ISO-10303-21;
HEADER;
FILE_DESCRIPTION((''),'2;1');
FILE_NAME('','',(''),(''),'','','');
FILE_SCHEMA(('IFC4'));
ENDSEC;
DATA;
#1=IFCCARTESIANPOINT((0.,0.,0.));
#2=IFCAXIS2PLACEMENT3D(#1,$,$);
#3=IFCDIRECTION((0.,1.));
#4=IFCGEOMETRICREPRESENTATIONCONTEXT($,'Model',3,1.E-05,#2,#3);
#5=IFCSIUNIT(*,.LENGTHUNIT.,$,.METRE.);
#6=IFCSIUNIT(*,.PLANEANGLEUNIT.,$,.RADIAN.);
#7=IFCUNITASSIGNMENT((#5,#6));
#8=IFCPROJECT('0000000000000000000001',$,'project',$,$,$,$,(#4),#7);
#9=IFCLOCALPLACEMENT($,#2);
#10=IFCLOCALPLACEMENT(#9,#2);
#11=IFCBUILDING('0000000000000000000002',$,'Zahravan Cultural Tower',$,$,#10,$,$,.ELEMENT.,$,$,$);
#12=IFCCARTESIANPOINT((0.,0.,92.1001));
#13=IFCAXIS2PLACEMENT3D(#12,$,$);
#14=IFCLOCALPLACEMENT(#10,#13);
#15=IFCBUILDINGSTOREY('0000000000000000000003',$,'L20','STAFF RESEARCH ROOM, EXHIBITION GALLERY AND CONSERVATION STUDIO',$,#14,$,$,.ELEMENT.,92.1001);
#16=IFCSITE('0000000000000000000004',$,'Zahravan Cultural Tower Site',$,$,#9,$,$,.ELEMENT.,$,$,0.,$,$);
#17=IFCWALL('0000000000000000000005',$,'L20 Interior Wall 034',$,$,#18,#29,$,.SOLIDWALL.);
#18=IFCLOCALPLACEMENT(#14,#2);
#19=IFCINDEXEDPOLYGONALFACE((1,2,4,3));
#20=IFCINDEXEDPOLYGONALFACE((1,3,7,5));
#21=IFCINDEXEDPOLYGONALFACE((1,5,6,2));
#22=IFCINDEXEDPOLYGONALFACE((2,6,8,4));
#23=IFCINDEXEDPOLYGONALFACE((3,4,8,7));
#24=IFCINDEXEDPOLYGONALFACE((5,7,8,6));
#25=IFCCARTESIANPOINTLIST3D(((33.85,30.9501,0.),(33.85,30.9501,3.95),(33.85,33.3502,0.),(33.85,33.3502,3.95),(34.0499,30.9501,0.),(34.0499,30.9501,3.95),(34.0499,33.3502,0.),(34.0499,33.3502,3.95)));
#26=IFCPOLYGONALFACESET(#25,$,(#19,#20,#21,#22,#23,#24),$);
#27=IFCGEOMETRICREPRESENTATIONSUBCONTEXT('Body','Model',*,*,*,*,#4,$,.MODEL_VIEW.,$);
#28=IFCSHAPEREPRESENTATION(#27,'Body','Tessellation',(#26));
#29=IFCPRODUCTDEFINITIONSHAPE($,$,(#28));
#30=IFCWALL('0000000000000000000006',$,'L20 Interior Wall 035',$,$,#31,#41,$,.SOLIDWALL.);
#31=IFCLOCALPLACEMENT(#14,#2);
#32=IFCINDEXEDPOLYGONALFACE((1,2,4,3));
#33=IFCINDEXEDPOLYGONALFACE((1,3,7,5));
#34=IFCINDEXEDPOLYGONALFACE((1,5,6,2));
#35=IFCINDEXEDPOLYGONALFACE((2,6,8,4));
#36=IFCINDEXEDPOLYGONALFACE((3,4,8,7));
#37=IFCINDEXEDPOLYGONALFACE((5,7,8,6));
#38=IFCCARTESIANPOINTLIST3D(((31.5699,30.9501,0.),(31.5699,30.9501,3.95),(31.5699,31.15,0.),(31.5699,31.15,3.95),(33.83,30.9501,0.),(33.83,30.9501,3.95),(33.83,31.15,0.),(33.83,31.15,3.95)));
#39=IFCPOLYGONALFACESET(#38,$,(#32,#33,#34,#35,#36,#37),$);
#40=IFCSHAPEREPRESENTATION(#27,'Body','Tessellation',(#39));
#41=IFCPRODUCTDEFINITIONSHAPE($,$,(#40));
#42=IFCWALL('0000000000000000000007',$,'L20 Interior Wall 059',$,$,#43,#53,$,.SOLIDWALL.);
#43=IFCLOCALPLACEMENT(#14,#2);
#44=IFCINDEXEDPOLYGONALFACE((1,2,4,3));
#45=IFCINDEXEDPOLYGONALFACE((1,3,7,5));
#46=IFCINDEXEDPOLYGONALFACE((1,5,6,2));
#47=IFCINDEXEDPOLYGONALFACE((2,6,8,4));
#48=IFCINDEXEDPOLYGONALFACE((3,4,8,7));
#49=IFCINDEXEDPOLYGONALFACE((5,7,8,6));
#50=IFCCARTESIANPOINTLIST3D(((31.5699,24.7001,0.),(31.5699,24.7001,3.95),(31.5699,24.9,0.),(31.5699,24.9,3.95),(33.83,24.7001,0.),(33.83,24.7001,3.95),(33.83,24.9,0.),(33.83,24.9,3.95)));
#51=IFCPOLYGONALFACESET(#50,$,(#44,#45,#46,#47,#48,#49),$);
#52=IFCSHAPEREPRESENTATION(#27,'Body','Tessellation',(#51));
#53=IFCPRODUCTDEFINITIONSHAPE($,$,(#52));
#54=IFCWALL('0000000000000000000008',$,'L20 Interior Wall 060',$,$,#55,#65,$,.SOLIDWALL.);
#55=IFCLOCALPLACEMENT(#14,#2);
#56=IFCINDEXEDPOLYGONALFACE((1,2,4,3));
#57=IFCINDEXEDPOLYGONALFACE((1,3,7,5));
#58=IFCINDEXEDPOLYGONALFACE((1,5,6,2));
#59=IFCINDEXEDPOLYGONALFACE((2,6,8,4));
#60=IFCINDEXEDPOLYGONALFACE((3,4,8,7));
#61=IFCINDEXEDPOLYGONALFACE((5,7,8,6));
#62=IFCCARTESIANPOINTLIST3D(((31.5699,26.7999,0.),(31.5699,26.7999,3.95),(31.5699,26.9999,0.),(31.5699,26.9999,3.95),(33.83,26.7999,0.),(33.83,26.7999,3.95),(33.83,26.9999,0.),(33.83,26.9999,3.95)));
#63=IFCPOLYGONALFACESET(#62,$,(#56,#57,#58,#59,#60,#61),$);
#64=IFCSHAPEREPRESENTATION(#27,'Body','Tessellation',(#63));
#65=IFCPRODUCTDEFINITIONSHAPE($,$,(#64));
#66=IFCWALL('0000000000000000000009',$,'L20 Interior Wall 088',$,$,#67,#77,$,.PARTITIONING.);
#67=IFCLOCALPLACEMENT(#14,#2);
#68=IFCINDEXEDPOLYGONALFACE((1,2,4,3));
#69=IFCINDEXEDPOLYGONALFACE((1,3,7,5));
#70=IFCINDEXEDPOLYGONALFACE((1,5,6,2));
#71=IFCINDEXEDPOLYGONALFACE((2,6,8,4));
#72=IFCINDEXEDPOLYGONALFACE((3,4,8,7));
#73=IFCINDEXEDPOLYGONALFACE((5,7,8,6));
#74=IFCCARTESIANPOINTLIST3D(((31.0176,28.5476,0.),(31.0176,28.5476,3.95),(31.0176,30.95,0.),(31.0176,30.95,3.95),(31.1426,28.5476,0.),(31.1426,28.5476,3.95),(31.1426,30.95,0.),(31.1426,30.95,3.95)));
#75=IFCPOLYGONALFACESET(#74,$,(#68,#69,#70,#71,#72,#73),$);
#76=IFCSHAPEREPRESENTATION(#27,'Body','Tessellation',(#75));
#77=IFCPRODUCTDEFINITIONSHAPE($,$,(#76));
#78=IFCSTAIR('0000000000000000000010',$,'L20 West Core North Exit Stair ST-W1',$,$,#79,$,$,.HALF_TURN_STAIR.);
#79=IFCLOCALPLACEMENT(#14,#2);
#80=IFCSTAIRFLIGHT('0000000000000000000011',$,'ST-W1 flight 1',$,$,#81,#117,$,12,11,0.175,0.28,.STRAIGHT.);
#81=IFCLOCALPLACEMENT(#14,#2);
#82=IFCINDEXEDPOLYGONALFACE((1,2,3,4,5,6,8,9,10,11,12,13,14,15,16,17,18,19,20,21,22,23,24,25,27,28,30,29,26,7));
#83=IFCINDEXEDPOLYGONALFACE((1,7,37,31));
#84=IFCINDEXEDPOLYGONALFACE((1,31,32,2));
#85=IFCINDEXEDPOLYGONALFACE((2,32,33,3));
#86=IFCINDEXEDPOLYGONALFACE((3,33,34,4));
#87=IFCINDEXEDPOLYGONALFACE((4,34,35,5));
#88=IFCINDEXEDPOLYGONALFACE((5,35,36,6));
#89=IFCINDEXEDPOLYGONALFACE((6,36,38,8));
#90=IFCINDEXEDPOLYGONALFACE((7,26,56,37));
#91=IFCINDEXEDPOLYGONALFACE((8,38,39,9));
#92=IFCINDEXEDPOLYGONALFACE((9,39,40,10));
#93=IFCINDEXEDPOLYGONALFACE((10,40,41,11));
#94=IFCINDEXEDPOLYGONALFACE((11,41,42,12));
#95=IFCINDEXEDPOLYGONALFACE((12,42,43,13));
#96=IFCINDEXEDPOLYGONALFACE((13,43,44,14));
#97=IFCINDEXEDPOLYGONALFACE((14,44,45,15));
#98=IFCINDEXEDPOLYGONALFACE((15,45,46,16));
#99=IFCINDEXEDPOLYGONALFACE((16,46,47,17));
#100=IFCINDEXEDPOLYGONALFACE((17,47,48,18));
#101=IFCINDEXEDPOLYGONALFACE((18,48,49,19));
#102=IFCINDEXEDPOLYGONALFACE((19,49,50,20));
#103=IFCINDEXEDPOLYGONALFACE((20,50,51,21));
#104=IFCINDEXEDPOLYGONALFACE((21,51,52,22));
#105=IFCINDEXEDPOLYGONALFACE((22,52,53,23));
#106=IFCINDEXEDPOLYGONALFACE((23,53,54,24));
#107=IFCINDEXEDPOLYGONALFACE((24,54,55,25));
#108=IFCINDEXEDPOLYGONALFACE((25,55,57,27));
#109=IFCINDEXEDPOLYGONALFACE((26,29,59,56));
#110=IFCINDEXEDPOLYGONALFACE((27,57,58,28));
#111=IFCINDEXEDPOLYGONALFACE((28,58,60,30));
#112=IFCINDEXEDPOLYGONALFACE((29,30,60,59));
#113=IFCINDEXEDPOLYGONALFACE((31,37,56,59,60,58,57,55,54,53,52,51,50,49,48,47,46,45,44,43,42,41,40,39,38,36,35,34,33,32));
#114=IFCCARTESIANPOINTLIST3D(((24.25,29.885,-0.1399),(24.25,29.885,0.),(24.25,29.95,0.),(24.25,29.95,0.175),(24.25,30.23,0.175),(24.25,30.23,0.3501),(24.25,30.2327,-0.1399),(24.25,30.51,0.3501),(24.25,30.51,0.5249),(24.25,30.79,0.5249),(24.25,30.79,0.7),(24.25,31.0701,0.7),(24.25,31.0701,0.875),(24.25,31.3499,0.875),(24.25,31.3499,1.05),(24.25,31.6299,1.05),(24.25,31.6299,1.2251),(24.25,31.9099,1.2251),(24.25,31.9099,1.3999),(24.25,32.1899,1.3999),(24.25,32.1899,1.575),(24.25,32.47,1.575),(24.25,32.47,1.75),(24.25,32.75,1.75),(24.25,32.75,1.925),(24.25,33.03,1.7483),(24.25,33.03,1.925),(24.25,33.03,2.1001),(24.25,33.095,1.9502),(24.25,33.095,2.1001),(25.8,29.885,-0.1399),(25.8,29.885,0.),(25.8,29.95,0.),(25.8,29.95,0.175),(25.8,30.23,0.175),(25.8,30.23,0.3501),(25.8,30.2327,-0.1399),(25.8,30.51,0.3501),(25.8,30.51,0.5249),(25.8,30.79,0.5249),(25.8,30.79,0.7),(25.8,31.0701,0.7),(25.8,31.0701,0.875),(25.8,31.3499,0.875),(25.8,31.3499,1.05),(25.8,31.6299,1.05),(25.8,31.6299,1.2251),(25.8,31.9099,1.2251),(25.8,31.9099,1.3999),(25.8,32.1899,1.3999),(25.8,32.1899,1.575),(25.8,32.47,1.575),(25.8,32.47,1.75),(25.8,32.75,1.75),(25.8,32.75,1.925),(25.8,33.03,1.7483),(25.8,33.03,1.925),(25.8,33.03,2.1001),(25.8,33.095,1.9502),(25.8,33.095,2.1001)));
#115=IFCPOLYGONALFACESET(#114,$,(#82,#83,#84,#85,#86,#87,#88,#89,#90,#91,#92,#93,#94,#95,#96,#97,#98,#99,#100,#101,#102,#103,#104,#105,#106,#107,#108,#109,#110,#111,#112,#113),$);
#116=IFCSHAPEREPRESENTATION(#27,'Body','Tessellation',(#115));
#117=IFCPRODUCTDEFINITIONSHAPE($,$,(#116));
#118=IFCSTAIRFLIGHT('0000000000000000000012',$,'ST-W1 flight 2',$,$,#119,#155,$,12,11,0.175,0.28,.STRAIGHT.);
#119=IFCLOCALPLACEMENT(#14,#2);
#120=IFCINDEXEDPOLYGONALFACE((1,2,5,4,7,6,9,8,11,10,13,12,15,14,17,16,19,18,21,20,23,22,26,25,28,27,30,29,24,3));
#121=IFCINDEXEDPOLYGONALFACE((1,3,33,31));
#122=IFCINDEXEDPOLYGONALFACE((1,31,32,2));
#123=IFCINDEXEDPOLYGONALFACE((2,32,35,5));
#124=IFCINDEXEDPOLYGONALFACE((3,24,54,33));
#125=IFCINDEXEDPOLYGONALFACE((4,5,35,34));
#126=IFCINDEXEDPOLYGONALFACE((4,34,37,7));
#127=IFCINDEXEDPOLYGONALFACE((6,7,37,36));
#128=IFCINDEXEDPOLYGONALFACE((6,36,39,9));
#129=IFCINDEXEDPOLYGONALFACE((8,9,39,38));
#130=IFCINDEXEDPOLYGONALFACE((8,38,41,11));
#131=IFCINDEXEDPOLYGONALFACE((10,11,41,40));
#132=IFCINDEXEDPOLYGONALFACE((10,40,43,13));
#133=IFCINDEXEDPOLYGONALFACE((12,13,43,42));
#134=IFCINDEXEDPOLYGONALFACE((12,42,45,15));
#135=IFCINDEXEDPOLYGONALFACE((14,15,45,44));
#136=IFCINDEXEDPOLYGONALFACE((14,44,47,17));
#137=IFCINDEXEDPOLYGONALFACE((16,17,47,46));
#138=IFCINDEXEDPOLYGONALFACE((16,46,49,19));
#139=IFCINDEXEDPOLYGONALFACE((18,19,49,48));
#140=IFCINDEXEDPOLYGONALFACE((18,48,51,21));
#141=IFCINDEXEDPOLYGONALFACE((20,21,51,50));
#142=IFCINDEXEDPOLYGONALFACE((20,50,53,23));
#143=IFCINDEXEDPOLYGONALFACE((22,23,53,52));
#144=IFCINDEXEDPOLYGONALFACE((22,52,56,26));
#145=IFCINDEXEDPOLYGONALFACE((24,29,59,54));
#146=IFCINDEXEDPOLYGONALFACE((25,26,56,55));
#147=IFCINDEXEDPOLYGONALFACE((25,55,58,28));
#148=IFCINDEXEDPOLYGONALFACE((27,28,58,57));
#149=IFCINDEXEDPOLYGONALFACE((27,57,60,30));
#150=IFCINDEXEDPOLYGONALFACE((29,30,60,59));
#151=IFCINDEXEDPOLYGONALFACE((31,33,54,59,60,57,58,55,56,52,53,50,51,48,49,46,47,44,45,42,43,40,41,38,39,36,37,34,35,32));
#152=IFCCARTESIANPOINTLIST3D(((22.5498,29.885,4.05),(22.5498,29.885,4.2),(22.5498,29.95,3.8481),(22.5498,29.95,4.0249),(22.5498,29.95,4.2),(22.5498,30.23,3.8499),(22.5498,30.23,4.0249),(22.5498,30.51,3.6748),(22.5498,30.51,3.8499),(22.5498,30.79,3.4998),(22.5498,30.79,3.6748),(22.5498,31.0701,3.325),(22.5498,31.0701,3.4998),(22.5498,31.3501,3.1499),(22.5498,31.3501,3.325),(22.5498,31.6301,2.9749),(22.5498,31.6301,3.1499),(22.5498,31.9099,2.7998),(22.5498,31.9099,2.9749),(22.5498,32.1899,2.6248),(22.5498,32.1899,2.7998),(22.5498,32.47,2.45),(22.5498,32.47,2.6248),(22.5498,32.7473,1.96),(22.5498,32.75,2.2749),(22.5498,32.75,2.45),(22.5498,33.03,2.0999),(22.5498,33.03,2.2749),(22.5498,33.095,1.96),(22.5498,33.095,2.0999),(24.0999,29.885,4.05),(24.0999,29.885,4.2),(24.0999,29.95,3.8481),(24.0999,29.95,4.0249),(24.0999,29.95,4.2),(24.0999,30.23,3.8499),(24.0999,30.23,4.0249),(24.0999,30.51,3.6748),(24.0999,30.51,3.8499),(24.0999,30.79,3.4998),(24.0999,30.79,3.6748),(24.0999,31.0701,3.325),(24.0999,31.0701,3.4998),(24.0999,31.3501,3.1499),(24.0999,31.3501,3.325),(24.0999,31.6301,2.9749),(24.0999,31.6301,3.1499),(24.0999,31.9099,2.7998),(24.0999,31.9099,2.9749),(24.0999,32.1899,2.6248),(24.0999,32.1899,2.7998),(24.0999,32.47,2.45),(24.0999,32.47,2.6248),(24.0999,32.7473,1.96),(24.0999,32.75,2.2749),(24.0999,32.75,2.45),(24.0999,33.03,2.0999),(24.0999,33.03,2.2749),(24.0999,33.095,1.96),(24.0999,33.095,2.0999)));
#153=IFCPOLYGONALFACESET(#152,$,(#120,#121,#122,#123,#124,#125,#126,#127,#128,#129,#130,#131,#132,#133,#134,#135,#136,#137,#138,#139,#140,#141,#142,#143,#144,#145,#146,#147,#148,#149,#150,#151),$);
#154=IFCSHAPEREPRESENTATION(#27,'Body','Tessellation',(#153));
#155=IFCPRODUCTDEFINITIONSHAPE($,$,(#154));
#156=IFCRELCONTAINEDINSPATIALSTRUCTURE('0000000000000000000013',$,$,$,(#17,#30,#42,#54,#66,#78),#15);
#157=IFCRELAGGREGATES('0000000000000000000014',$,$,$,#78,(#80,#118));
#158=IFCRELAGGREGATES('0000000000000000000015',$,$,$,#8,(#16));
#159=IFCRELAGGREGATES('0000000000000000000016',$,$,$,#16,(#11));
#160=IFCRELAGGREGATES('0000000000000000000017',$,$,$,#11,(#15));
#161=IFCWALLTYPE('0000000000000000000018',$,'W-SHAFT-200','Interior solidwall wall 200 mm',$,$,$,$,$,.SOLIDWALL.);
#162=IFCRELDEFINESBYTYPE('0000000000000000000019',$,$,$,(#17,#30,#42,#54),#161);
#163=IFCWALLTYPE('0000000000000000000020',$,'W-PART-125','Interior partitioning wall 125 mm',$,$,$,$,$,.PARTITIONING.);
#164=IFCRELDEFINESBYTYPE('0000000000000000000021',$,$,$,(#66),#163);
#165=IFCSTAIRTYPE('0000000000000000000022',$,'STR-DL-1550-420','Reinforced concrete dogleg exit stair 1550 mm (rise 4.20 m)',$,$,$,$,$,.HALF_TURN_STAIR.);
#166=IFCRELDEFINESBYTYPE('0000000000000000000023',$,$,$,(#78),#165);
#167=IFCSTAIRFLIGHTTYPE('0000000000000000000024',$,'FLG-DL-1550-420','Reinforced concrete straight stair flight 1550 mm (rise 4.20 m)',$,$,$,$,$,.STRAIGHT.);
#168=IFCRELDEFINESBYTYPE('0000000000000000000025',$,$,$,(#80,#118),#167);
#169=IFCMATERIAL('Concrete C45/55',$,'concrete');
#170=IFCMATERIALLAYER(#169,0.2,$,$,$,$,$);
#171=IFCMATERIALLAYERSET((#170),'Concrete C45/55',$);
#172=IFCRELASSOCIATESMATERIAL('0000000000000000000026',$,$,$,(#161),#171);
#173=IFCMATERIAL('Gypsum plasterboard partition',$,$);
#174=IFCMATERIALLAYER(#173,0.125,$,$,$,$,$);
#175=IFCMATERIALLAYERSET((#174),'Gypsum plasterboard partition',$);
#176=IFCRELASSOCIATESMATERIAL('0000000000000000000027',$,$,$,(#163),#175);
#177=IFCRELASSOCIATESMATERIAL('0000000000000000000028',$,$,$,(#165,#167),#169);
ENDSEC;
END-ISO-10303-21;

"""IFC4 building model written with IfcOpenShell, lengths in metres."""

from ifc_helpers import new_model, si_unit, direction, frame, frame_2d, origin, place, context, subcontext, project, spatial, polyline, rectangle, outline, extrude, source, transform, mapped, material, layer, layer_set, type_object, element, aggregate, save


model = new_model("IFC4")

# Units and contexts
model_context = context("Model", 3, precision=1e-05, world=origin(), true_north=direction((0.0, 1.0)))
body_context = subcontext(model_context, "Body", "Model", "MODEL_VIEW")
ifc_project = project(units=[si_unit("LENGTHUNIT", "METRE"), si_unit("PLANEANGLEUNIT", "RADIAN")], contexts=[model_context])

# Site, building, storey
site_placement = place(None, origin())
site = spatial("IfcSite", under=ifc_project, at=site_placement, Name="Zahravan Cultural Tower Site", CompositionType="ELEMENT", RefElevation=0.0)
building_placement = place(site_placement, origin())
building = spatial("IfcBuilding", under=site, at=building_placement, Name="Zahravan Cultural Tower", CompositionType="ELEMENT")
storey_placement = place(building_placement, frame((0.0, 0.0, 92.1001)))
storey = spatial("IfcBuildingStorey", under=building, at=storey_placement, Name="L20", Description="STAFF RESEARCH ROOM, EXHIBITION GALLERY AND CONSERVATION STUDIO", CompositionType="ELEMENT", Elevation=92.1001)

# Shared definitions
ifc_material_1 = material(Name="Concrete C45/55", Category="concrete")
ifc_layer_1 = layer(ifc_material_1, 0.2)
ifc_layer_set_1 = layer_set([ifc_layer_1], Name="Concrete C45/55")
wall_type_1 = type_object("IfcWallType", Name="W-SHAFT-200", Description="Interior solidwall wall 200 mm", PredefinedType="SOLIDWALL", material=ifc_layer_set_1)

# Walls
shared_shape_1 = source(origin(), body_context, "Body", "SweptSolid", [
    extrude(rectangle(XDim=2.4001, YDim=0.2, at=frame_2d((1.2002, 0.0))), origin(), (0.0, 0.0, 1.0), 3.95),
])
for number, where, z_axis, x_axis, name in (
    (1, (33.95, 30.95, 0.0), (0.0, 0.0, 1.0), (0.0, 1.0, 0.0), "L20 Interior Wall 034"),
):
    element("IfcWall", number, at=place(storey_placement, frame(where, z_axis=z_axis, x_axis=x_axis)), inside=storey, type_object=wall_type_1, Name=name, PredefinedType="SOLIDWALL", context=body_context, shape_type="MappedRepresentation", body=[
        mapped(shared_shape_1, transform((0.0, 0.0, 0.0), x_axis=(1.0, 0.0, 0.0), y_axis=(0.0, 1.0, 0.0), z_axis=(0.0, 0.0, 1.0), scale=1.0)),
    ])
shared_shape_2 = source(origin(), body_context, "Body", "SweptSolid", [
    extrude(rectangle(XDim=2.26, YDim=0.2, at=frame_2d((1.1299, 0.0))), origin(), (0.0, 0.0, 1.0), 3.95),
])
for number, where, z_axis, x_axis, name in (
    (2, (31.5701, 31.05, 0.0), (0.0, 0.0, 1.0), (1.0, 0.0, 0.0), "L20 Interior Wall 035"),
    (3, (31.5701, 24.8, 0.0), (0.0, 0.0, 1.0), (1.0, 0.0, 0.0), "L20 Interior Wall 059"),
    (4, (31.5701, 26.8999, 0.0), (0.0, 0.0, 1.0), (1.0, 0.0, 0.0), "L20 Interior Wall 060"),
):
    element("IfcWall", number, at=place(storey_placement, frame(where, z_axis=z_axis, x_axis=x_axis)), inside=storey, type_object=wall_type_1, Name=name, PredefinedType="SOLIDWALL", context=body_context, shape_type="MappedRepresentation", body=[
        mapped(shared_shape_2, transform((0.0, 0.0, 0.0), x_axis=(1.0, 0.0, 0.0), y_axis=(0.0, 1.0, 0.0), z_axis=(0.0, 0.0, 1.0), scale=1.0)),
    ])
ifc_material_2 = material(Name="Gypsum plasterboard partition")
ifc_layer_2 = layer(ifc_material_2, 0.125)
ifc_layer_set_2 = layer_set([ifc_layer_2], Name="Gypsum plasterboard partition")
wall_type_2 = type_object("IfcWallType", Name="W-PART-125", Description="Interior partitioning wall 125 mm", PredefinedType="PARTITIONING", material=ifc_layer_set_2)
shared_shape_3 = source(origin(), body_context, "Body", "SweptSolid", [
    extrude(rectangle(XDim=2.4023, YDim=0.125, at=frame_2d((1.2012, 0.0))), origin(), (0.0, 0.0, 1.0), 3.95),
])
wall_1_placement = place(storey_placement, frame((31.0801, 28.5476, 0.0), z_axis=(0.0, 0.0, 1.0), x_axis=(0.0, 1.0, 0.0)))
element("IfcWall", 5, at=wall_1_placement, inside=storey, type_object=wall_type_2, Name="L20 Interior Wall 088", PredefinedType="PARTITIONING", context=body_context, shape_type="MappedRepresentation", body=[
    mapped(shared_shape_3, transform((0.0, 0.0, 0.0), x_axis=(1.0, 0.0, 0.0), y_axis=(0.0, 1.0, 0.0), z_axis=(0.0, 0.0, 1.0), scale=1.0)),
])

# Stair, stair flights
stair_type = type_object("IfcStairType", Name="STR-DL-1550-420", Description="Reinforced concrete dogleg exit stair 1550 mm (rise 4.20 m)", PredefinedType="HALF_TURN_STAIR", material=ifc_material_1)
stair_placement = place(storey_placement, origin())
stair = element("IfcStair", 6, at=stair_placement, inside=storey, type_object=stair_type, Name="L20 West Core North Exit Stair ST-W1", PredefinedType="HALF_TURN_STAIR")
stair_flight_type = type_object("IfcStairFlightType", Name="FLG-DL-1550-420", Description="Reinforced concrete straight stair flight 1550 mm (rise 4.20 m)", PredefinedType="STRAIGHT", material=ifc_material_1)
stair_flight_1_placement = place(storey_placement, frame((25.0249, 29.95, 0.0), z_axis=(0.0, 0.0, 1.0), x_axis=(0.0, 1.0, 0.0)))
stair_flight_1 = element("IfcStairFlight", 7, at=stair_flight_1_placement, type_object=stair_flight_type, Name="ST-W1 flight 1", NumberOfRisers=12, NumberOfTreads=11, PredefinedType="STRAIGHT", RiserHeight=0.175, TreadLength=0.28, context=body_context, shape_type="SweptSolid", body=[
    extrude(outline(polyline([(-0.0649, -0.1399), (-0.0649, 0.0), (0.0, 0.0), (0.0, 0.175), (0.28, 0.175), (0.28, 0.3501), (0.5601, 0.3501), (0.5601, 0.5249), (0.8401, 0.5249), (0.8401, 0.7), (1.1201, 0.7), (1.1201, 0.875), (1.3999, 0.875), (1.3999, 1.05), (1.6799, 1.05), (1.6799, 1.2251), (1.96, 1.2251), (1.96, 1.3999), (2.24, 1.3999), (2.24, 1.575), (2.52, 1.575), (2.52, 1.75), (2.8, 1.75), (2.8, 1.925), (3.0801, 1.925), (3.0801, 2.1001), (3.145, 2.1001), (3.145, 1.9502), (3.0801, 1.7483), (0.2827, -0.1399), (-0.0649, -0.1399)])), frame((0.0, 0.7749, 0.0), z_axis=(0.0, -1.0, 0.0), x_axis=(1.0, 0.0, 0.0)), (0.0, 0.0, 1.0), 1.55),
])
stair_flight_2_placement = place(storey_placement, frame((23.325, 33.03, 2.0999), z_axis=(0.0, 0.0, 1.0), x_axis=(0.0, -1.0, 0.0)))
stair_flight_2 = element("IfcStairFlight", 8, at=stair_flight_2_placement, type_object=stair_flight_type, Name="ST-W1 flight 2", NumberOfRisers=12, NumberOfTreads=11, PredefinedType="STRAIGHT", RiserHeight=0.175, TreadLength=0.28, context=body_context, shape_type="SweptSolid", body=[
    extrude(outline(polyline([(-0.0649, -0.1399), (-0.0649, 0.0), (0.0, 0.0), (0.0, 0.175), (0.28, 0.175), (0.28, 0.3501), (0.5601, 0.3501), (0.5601, 0.5249), (0.8401, 0.5249), (0.8401, 0.7), (1.1201, 0.7), (1.1201, 0.875), (1.3999, 0.875), (1.3999, 1.05), (1.6799, 1.05), (1.6799, 1.2251), (1.96, 1.2251), (1.96, 1.3999), (2.24, 1.3999), (2.24, 1.575), (2.52, 1.575), (2.52, 1.75), (2.8, 1.75), (2.8, 1.925), (3.0801, 1.925), (3.0801, 2.1001), (3.145, 2.1001), (3.145, 1.9502), (3.0801, 1.7483), (0.2827, -0.1399), (-0.0649, -0.1399)])), frame((0.0, 0.7749, 0.0), z_axis=(0.0, -1.0, 0.0), x_axis=(1.0, 0.0, 0.0)), (0.0, 0.0, 1.0), 1.55),
])
aggregate(stair, [stair_flight_1, stair_flight_2])

save(model, "model.ifc")
